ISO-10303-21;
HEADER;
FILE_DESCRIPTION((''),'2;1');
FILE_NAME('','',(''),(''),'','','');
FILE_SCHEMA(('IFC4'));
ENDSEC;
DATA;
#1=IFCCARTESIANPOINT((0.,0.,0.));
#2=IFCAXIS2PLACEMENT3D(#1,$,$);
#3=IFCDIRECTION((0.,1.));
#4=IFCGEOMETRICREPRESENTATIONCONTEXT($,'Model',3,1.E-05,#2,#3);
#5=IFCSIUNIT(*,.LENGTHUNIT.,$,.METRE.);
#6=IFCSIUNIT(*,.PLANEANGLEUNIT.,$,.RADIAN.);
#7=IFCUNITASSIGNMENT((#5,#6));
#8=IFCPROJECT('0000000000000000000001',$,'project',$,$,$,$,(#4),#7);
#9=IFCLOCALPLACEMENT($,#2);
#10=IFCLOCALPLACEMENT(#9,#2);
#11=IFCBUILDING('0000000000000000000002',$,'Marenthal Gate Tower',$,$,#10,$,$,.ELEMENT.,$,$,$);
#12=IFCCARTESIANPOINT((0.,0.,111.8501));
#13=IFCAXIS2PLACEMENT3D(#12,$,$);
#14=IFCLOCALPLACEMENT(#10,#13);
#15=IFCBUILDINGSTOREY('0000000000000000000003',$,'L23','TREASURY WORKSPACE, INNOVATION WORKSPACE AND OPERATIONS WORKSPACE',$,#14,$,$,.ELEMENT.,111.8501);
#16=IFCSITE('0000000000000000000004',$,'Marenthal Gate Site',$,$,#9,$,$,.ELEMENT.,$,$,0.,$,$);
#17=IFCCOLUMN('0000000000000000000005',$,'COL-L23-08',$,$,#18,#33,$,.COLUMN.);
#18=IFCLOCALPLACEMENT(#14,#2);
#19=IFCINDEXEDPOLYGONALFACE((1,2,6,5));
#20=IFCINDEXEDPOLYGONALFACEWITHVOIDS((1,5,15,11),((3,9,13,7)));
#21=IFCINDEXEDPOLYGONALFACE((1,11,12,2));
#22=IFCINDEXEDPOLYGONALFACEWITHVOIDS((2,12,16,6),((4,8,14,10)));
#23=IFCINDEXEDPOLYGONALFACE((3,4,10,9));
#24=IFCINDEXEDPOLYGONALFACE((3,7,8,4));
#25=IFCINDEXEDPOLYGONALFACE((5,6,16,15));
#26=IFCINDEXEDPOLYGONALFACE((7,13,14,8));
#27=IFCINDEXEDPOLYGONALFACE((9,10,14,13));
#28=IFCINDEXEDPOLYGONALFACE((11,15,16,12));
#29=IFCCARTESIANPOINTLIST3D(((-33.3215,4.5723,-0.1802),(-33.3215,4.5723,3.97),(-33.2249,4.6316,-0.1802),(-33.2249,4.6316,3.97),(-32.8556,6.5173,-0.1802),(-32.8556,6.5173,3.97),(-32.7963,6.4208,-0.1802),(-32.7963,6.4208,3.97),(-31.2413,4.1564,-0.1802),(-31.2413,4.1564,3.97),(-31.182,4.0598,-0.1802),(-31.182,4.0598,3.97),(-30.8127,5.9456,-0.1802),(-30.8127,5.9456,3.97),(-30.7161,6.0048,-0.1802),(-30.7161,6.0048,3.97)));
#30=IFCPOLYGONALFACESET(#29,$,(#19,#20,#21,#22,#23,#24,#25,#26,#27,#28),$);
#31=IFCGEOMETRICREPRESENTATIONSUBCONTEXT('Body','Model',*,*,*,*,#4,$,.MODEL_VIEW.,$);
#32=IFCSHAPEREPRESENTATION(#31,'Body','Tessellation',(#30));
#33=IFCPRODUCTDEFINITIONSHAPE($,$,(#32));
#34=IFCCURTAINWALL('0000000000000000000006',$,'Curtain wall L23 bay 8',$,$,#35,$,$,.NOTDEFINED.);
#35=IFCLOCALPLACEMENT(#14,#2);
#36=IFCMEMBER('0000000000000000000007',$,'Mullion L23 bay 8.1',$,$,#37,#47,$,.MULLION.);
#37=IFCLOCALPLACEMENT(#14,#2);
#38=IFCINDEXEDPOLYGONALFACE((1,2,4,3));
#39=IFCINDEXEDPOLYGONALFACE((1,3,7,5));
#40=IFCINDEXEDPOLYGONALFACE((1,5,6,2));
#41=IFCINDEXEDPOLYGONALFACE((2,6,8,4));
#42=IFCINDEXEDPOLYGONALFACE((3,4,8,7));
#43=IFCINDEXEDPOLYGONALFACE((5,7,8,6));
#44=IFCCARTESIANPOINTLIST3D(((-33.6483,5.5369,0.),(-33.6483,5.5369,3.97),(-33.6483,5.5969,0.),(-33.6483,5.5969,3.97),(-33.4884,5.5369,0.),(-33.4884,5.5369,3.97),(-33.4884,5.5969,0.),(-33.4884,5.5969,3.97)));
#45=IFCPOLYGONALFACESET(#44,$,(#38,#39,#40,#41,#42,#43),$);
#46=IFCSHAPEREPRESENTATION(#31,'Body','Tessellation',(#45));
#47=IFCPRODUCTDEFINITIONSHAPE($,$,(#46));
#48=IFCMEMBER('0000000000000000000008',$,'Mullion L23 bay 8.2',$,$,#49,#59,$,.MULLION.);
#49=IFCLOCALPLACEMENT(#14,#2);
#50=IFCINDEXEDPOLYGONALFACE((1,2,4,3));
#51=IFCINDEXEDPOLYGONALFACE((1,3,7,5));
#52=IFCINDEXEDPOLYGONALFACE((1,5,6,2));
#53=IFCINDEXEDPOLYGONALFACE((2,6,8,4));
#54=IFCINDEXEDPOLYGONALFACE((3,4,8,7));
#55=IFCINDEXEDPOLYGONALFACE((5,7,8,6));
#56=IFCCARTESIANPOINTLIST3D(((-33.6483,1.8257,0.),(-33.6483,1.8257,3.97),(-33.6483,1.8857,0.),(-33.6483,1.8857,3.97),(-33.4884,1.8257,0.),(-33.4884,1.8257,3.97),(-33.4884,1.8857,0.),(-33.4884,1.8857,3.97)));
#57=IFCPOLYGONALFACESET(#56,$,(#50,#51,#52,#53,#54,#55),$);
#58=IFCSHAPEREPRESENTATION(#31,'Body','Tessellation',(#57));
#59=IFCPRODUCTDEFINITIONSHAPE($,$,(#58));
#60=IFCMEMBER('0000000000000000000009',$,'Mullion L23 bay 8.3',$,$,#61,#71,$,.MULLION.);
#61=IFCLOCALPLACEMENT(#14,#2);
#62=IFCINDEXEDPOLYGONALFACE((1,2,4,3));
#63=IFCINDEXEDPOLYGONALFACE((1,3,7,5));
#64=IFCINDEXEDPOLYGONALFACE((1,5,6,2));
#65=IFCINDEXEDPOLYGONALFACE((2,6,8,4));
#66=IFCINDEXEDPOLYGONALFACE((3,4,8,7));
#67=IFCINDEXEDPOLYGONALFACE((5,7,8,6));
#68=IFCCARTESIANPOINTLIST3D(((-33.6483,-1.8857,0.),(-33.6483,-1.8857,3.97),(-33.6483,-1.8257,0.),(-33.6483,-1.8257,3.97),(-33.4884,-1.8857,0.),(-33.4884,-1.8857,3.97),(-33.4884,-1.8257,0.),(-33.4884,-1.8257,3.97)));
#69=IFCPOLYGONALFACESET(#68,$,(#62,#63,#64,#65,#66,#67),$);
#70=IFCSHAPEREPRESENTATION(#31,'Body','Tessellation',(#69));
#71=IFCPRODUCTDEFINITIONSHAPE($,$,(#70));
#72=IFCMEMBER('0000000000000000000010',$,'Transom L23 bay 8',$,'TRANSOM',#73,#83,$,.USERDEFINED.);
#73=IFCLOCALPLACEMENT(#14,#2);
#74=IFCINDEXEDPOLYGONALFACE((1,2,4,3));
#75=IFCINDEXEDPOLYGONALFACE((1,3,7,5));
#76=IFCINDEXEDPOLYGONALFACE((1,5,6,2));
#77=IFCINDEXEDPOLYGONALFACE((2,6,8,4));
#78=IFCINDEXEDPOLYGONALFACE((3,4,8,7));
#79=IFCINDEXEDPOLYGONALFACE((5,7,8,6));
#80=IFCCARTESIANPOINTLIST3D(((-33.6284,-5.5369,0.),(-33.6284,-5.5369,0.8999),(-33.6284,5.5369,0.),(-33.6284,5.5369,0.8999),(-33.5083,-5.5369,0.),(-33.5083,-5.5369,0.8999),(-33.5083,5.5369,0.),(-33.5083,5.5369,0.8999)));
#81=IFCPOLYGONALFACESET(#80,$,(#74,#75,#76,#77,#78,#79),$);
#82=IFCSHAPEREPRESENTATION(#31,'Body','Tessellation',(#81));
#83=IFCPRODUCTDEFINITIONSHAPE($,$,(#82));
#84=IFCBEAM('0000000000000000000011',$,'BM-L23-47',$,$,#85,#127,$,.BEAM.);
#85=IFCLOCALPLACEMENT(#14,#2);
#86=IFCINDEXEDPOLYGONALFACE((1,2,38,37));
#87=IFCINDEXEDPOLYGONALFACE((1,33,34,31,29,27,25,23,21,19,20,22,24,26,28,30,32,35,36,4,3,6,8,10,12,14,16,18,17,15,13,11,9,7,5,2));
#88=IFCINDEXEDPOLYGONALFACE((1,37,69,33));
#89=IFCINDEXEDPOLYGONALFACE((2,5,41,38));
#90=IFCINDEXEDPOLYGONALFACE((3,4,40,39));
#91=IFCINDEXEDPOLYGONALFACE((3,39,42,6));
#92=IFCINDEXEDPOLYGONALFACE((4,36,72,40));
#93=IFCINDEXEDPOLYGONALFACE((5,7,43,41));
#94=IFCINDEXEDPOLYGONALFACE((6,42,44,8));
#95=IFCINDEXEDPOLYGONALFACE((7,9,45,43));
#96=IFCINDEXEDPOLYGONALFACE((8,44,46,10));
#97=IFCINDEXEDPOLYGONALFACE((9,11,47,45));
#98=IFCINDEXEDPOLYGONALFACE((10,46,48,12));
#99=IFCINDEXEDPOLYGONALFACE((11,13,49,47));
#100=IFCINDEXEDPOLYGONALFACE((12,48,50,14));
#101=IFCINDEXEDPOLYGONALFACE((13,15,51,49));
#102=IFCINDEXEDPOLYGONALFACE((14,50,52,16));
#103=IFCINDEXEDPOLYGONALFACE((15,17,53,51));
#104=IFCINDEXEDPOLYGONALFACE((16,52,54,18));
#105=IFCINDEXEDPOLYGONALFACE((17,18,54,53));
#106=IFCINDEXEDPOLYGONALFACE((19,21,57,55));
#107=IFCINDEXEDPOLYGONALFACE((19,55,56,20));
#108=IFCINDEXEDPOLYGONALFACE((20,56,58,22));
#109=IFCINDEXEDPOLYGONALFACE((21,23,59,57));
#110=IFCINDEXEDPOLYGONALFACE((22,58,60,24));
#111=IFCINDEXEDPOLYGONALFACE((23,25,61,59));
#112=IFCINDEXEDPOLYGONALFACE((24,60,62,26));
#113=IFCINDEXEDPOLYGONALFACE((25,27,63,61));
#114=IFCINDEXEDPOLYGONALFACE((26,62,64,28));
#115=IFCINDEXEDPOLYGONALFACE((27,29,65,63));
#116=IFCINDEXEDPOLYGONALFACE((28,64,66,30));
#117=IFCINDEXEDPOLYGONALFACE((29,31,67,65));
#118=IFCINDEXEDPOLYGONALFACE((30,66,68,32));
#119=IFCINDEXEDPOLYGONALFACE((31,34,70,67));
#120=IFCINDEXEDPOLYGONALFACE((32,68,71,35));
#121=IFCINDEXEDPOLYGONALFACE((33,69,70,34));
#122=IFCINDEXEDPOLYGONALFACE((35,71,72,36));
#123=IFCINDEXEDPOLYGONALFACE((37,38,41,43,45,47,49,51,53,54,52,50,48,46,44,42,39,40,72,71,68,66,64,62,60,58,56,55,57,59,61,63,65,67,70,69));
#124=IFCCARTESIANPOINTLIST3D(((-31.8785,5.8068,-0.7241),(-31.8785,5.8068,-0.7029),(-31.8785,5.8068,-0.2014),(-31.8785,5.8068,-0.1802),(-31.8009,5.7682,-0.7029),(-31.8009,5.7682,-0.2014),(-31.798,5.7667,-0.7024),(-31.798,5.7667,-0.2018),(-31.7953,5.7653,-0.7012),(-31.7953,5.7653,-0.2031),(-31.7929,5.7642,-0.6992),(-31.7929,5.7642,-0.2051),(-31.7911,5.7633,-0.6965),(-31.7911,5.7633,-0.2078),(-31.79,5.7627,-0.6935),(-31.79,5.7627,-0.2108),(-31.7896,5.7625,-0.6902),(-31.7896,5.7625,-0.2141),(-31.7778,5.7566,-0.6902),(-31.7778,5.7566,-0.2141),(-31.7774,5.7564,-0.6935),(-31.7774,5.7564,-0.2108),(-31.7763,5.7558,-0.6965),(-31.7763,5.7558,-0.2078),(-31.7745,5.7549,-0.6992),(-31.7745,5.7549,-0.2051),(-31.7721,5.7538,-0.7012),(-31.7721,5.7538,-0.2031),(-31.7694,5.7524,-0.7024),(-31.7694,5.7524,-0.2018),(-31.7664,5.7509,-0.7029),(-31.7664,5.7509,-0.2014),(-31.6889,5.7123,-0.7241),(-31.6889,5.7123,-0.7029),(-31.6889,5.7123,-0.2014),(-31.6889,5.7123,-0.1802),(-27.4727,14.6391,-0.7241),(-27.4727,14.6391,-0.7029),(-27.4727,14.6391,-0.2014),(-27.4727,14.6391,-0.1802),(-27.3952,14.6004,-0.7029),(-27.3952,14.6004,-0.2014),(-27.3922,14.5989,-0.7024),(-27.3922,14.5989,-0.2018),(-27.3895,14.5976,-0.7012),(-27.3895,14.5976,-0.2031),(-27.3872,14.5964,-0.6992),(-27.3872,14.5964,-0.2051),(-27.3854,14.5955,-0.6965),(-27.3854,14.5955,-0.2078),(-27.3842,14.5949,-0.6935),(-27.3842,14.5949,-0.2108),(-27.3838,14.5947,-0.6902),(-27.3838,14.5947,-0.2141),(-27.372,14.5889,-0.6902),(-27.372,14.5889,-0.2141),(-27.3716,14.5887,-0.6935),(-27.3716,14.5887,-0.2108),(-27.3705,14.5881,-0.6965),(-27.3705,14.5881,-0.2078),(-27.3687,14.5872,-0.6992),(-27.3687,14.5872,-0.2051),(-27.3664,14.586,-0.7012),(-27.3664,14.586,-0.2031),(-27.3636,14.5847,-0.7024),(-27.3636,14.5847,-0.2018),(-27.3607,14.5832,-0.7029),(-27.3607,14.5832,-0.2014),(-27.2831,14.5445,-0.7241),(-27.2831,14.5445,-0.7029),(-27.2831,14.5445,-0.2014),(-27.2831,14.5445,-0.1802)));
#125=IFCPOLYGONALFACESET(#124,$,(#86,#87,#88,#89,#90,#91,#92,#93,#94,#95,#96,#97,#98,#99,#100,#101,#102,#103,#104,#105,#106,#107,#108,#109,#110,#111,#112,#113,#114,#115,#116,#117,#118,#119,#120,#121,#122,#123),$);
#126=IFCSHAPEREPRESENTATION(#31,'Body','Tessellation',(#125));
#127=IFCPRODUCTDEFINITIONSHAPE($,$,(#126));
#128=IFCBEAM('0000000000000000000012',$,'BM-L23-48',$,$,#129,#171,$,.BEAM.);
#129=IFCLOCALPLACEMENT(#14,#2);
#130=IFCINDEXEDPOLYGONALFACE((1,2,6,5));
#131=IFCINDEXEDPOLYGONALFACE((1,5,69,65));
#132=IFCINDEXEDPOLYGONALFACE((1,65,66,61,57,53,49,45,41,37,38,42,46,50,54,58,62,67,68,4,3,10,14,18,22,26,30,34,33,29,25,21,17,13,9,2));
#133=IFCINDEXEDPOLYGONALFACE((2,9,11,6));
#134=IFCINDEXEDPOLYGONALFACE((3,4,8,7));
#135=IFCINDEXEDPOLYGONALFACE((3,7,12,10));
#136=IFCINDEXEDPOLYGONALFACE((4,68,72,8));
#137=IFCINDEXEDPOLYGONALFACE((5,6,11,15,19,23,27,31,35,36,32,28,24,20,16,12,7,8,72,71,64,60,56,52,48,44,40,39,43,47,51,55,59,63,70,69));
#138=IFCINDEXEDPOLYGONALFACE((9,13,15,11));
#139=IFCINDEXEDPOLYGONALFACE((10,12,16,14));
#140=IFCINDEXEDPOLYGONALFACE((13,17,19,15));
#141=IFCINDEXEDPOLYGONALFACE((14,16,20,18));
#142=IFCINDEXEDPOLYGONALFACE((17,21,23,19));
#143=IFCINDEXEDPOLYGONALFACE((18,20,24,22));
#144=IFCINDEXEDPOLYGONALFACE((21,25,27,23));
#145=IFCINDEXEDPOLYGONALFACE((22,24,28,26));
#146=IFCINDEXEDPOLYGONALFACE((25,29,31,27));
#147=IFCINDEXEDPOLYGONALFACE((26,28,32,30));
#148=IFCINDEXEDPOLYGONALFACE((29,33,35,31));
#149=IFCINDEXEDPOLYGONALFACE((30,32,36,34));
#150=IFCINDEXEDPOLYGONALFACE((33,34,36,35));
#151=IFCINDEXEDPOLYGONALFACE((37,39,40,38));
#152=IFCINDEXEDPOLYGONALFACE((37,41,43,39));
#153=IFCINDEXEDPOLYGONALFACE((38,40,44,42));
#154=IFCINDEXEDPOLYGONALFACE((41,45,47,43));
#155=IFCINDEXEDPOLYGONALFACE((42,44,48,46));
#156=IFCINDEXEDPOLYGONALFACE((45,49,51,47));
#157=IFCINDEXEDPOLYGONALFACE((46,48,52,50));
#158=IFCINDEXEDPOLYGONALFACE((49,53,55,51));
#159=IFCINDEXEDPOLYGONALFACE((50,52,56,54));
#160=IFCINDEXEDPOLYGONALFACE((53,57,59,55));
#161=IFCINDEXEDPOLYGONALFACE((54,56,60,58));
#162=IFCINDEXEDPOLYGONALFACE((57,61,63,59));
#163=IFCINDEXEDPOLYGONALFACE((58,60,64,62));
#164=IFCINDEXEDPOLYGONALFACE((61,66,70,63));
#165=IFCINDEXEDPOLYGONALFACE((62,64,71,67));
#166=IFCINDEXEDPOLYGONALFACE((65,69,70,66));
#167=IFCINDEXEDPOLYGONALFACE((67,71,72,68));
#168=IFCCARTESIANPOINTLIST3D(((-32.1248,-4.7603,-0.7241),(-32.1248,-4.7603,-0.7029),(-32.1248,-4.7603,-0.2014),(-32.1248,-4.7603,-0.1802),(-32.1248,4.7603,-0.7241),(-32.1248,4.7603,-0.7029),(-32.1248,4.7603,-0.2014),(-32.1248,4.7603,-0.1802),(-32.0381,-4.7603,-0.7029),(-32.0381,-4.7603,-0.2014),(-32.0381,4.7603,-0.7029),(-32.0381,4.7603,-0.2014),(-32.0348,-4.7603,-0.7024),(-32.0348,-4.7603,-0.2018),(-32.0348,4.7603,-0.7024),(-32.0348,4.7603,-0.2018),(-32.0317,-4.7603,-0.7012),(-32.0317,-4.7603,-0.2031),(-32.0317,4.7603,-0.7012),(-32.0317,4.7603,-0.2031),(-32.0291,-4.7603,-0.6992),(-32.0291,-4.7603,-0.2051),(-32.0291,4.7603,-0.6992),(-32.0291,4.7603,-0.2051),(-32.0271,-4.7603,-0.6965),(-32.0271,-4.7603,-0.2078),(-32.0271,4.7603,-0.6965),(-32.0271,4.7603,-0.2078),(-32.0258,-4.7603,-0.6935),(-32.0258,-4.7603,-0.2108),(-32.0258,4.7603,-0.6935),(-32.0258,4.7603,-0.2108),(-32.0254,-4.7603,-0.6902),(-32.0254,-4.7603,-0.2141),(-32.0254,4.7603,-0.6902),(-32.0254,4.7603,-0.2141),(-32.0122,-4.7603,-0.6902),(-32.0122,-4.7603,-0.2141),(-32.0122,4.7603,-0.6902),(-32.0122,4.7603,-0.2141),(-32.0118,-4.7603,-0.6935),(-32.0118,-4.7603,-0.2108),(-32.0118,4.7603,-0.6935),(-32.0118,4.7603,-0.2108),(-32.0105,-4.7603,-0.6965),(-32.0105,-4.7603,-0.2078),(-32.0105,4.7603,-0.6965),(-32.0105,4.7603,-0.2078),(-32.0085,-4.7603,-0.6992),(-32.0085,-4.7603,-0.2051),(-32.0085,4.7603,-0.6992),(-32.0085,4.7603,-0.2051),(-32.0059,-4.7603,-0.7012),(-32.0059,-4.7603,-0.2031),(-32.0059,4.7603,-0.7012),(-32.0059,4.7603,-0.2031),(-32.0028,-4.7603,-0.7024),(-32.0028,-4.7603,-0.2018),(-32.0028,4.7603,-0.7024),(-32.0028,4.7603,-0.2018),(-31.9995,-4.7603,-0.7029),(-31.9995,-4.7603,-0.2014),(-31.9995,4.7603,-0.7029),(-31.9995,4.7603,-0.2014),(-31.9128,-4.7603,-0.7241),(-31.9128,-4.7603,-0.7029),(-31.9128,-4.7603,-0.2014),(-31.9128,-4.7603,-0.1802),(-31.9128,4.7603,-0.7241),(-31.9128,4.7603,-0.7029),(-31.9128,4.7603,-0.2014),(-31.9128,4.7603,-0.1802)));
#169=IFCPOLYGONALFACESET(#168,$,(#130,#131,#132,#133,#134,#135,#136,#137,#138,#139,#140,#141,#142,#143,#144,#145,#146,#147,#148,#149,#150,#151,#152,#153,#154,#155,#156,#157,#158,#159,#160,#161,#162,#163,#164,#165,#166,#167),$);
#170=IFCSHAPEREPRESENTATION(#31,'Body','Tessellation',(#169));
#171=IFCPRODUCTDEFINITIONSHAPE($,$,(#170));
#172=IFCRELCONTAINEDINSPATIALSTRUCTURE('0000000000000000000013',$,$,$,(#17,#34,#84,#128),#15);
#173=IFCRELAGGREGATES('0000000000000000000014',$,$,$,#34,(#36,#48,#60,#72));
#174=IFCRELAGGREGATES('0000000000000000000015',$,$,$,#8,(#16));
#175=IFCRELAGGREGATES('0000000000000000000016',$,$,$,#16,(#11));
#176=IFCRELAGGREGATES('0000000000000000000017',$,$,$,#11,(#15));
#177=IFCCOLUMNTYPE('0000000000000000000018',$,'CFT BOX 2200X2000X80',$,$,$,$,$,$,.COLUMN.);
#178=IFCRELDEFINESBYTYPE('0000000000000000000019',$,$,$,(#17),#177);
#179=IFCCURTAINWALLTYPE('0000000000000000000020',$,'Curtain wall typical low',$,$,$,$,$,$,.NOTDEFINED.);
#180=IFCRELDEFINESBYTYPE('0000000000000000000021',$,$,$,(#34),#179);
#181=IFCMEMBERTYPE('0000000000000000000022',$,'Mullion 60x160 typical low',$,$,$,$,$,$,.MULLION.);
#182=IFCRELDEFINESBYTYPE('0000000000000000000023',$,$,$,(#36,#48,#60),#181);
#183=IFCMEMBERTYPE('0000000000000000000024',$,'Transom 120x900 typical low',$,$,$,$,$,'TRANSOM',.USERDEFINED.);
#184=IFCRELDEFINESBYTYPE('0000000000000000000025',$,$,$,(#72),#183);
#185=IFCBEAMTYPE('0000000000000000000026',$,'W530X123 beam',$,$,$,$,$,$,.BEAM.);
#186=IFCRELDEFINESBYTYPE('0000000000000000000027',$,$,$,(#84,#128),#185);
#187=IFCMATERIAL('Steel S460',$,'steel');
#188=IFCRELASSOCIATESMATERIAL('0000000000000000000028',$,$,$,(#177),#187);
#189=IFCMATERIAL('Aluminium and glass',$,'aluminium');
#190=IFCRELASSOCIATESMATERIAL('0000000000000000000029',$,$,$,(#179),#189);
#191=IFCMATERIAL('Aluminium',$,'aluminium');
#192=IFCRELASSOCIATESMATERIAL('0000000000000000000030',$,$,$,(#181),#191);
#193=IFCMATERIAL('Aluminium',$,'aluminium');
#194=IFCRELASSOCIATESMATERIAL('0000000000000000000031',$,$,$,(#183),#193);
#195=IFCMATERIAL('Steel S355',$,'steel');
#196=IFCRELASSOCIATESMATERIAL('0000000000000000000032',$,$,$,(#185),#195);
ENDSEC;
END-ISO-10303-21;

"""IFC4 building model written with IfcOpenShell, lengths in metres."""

from ifc_helpers import new_model, si_unit, direction, frame, origin, origin_2d, place, context, subcontext, project, spatial, rectangle, hollow_rectangle, i_section, extrude, material, material_profile, profile_set, type_object, element, aggregate, save


model = new_model("IFC4")

# Units and contexts
model_context = context("Model", 3, precision=1e-05, world=origin(), true_north=direction((0.0, 1.0)))
body_context = subcontext(model_context, "Body", "Model", "MODEL_VIEW")
ifc_project = project(units=[si_unit("LENGTHUNIT", "METRE"), si_unit("PLANEANGLEUNIT", "RADIAN")], contexts=[model_context])

# Site, building, storey
site_placement = place(None, origin())
site = spatial("IfcSite", under=ifc_project, at=site_placement, Name="Marenthal Gate Site", CompositionType="ELEMENT", RefElevation=0.0)
building_placement = place(site_placement, origin())
building = spatial("IfcBuilding", under=site, at=building_placement, Name="Marenthal Gate Tower", CompositionType="ELEMENT")
storey_placement = place(building_placement, frame((0.0, 0.0, 111.8501)))
storey = spatial("IfcBuildingStorey", under=building, at=storey_placement, Name="L23", Description="TREASURY WORKSPACE, INNOVATION WORKSPACE AND OPERATIONS WORKSPACE", CompositionType="ELEMENT", Elevation=111.8501)

# Column
ifc_material_1 = material(Name="Steel S460", Category="steel")
ifc_material_profile_1 = material_profile(ifc_material_1, hollow_rectangle(XDim=2.0, YDim=2.2, WallThickness=0.0801, at=origin_2d()), Name="CFT BOX 2200X2000X80")
ifc_material_2 = material(Name="Concrete 70 MPa", Category="concrete")
ifc_material_profile_2 = material_profile(ifc_material_2, rectangle(XDim=1.8401, YDim=2.04, at=origin_2d()), Name="CFT BOX 2200X2000X80 INFILL")
ifc_profile_set_1 = profile_set([ifc_material_profile_1, ifc_material_profile_2], Name="Steel S460 shell, Concrete 70 MPa infill")
column_type = type_object("IfcColumnType", Name="CFT BOX 2200X2000X80", PredefinedType="COLUMN", material=ifc_profile_set_1)
column_placement = place(storey_placement, frame((-32.0188, 5.2886, -0.1802), z_axis=(0.0, 0.0, 1.0), x_axis=(0.232958, 0.972487, 0.0)))
element("IfcColumn", 1, at=column_placement, inside=storey, type_object=column_type, Name="COL-L23-08", PredefinedType="COLUMN", context=body_context, shape_type="SweptSolid", body=[
    extrude(hollow_rectangle(XDim=2.0, YDim=2.2, WallThickness=0.0801, at=origin_2d()), origin(), (0.0, 0.0, 1.0), 4.1501),
])

# Curtain wall, members
ifc_material_3 = material(Name="Aluminium and glass", Category="aluminium")
curtain_wall_type = type_object("IfcCurtainWallType", Name="Curtain wall typical low", PredefinedType="NOTDEFINED", material=ifc_material_3)
curtain_wall_placement = place(storey_placement, origin())
curtain_wall = element("IfcCurtainWall", 2, at=curtain_wall_placement, inside=storey, type_object=curtain_wall_type, Name="Curtain wall L23 bay 8", PredefinedType="NOTDEFINED")
ifc_material_4 = material(Name="Aluminium", Category="aluminium")
ifc_material_profile_3 = material_profile(ifc_material_4, rectangle(XDim=0.1599, YDim=0.0601, at=origin_2d()), Name="60x160 aluminium mullion")
ifc_profile_set_2 = profile_set([ifc_material_profile_3], Name="Aluminium")
member_type_1 = type_object("IfcMemberType", Name="Mullion 60x160 typical low", PredefinedType="MULLION", material=ifc_profile_set_2)
member_1_placement = place(storey_placement, frame((-33.5684, 5.5669, 0.0), z_axis=(0.0, 0.0, 1.0), x_axis=(1.0, 0.0, 0.0)))
member_1 = element("IfcMember", 3, at=member_1_placement, type_object=member_type_1, Name="Mullion L23 bay 8.1", PredefinedType="MULLION", context=body_context, shape_type="SweptSolid", body=[
    extrude(rectangle(XDim=0.1599, YDim=0.0601, at=origin_2d()), origin(), (0.0, 0.0, 1.0), 3.97),
])
member_2_placement = place(storey_placement, frame((-33.5684, 1.8557, 0.0), z_axis=(0.0, 0.0, 1.0), x_axis=(1.0, 0.0, 0.0)))
member_2 = element("IfcMember", 4, at=member_2_placement, type_object=member_type_1, Name="Mullion L23 bay 8.2", PredefinedType="MULLION", context=body_context, shape_type="SweptSolid", body=[
    extrude(rectangle(XDim=0.1599, YDim=0.0601, at=origin_2d()), origin(), (0.0, 0.0, 1.0), 3.97),
])
member_3_placement = place(storey_placement, frame((-33.5684, -1.8557, 0.0), z_axis=(0.0, 0.0, 1.0), x_axis=(1.0, 0.0, 0.0)))
member_3 = element("IfcMember", 5, at=member_3_placement, type_object=member_type_1, Name="Mullion L23 bay 8.3", PredefinedType="MULLION", context=body_context, shape_type="SweptSolid", body=[
    extrude(rectangle(XDim=0.1599, YDim=0.0601, at=origin_2d()), origin(), (0.0, 0.0, 1.0), 3.97),
])
ifc_material_5 = material(Name="Aluminium", Category="aluminium")
ifc_material_profile_4 = material_profile(ifc_material_5, rectangle(XDim=0.1201, YDim=0.8999, at=origin_2d()), Name="120x900 aluminium transom")
ifc_profile_set_3 = profile_set([ifc_material_profile_4], Name="Aluminium")
member_type_2 = type_object("IfcMemberType", Name="Transom 120x900 typical low", ElementType="TRANSOM", PredefinedType="USERDEFINED", material=ifc_profile_set_3)
member_4_placement = place(storey_placement, frame((-33.5684, 5.5369, 0.45), z_axis=(0.0, -1.0, 0.0), x_axis=(1.0, 0.0, 0.0)))
member_4 = element("IfcMember", 6, at=member_4_placement, type_object=member_type_2, Name="Transom L23 bay 8", ObjectType="TRANSOM", PredefinedType="USERDEFINED", context=body_context, shape_type="SweptSolid", body=[
    extrude(rectangle(XDim=0.1201, YDim=0.8999, at=origin_2d()), origin(), (0.0, 0.0, 1.0), 11.0737),
])

# Beams
ifc_material_6 = material(Name="Steel S355", Category="steel")
ifc_material_profile_5 = material_profile(ifc_material_6, i_section(OverallWidth=0.2119, OverallDepth=0.5439, WebThickness=0.0132, FlangeThickness=0.0212, FilletRadius=0.0127, at=origin_2d()), Name="W530X123")
ifc_profile_set_4 = profile_set([ifc_material_profile_5], Name="Steel S355")
beam_type_1 = type_object("IfcBeamType", Name="W530X123 beam", PredefinedType="BEAM", material=ifc_profile_set_4)
beam_1_placement = place(storey_placement, frame((-27.3779, 14.5918, -0.4521), z_axis=(-0.446372, -0.894847, 0.0), x_axis=(0.894847, -0.446372, 0.0)))
element("IfcBeam", 7, at=beam_1_placement, inside=storey, type_object=beam_type_1, Name="BM-L23-47", PredefinedType="BEAM", context=body_context, shape_type="SweptSolid", body=[
    extrude(i_section(OverallWidth=0.2119, OverallDepth=0.5439, WebThickness=0.0132, FlangeThickness=0.0212, FilletRadius=0.0127, at=origin_2d()), origin(), (0.0, 0.0, 1.0), 9.8701),
])
beam_2_placement = place(storey_placement, frame((-32.0188, 4.7603, -0.4521), z_axis=(0.0, -1.0, 0.0), x_axis=(1.0, 0.0, 0.0)))
element("IfcBeam", 8, at=beam_2_placement, inside=storey, type_object=beam_type_1, Name="BM-L23-48", PredefinedType="BEAM", context=body_context, shape_type="SweptSolid", body=[
    extrude(i_section(OverallWidth=0.2119, OverallDepth=0.5439, WebThickness=0.0132, FlangeThickness=0.0212, FilletRadius=0.0127, at=origin_2d()), origin(), (0.0, 0.0, 1.0), 9.5205),
])

aggregate(curtain_wall, [member_1, member_2, member_3, member_4])

save(model, "model.ifc")
